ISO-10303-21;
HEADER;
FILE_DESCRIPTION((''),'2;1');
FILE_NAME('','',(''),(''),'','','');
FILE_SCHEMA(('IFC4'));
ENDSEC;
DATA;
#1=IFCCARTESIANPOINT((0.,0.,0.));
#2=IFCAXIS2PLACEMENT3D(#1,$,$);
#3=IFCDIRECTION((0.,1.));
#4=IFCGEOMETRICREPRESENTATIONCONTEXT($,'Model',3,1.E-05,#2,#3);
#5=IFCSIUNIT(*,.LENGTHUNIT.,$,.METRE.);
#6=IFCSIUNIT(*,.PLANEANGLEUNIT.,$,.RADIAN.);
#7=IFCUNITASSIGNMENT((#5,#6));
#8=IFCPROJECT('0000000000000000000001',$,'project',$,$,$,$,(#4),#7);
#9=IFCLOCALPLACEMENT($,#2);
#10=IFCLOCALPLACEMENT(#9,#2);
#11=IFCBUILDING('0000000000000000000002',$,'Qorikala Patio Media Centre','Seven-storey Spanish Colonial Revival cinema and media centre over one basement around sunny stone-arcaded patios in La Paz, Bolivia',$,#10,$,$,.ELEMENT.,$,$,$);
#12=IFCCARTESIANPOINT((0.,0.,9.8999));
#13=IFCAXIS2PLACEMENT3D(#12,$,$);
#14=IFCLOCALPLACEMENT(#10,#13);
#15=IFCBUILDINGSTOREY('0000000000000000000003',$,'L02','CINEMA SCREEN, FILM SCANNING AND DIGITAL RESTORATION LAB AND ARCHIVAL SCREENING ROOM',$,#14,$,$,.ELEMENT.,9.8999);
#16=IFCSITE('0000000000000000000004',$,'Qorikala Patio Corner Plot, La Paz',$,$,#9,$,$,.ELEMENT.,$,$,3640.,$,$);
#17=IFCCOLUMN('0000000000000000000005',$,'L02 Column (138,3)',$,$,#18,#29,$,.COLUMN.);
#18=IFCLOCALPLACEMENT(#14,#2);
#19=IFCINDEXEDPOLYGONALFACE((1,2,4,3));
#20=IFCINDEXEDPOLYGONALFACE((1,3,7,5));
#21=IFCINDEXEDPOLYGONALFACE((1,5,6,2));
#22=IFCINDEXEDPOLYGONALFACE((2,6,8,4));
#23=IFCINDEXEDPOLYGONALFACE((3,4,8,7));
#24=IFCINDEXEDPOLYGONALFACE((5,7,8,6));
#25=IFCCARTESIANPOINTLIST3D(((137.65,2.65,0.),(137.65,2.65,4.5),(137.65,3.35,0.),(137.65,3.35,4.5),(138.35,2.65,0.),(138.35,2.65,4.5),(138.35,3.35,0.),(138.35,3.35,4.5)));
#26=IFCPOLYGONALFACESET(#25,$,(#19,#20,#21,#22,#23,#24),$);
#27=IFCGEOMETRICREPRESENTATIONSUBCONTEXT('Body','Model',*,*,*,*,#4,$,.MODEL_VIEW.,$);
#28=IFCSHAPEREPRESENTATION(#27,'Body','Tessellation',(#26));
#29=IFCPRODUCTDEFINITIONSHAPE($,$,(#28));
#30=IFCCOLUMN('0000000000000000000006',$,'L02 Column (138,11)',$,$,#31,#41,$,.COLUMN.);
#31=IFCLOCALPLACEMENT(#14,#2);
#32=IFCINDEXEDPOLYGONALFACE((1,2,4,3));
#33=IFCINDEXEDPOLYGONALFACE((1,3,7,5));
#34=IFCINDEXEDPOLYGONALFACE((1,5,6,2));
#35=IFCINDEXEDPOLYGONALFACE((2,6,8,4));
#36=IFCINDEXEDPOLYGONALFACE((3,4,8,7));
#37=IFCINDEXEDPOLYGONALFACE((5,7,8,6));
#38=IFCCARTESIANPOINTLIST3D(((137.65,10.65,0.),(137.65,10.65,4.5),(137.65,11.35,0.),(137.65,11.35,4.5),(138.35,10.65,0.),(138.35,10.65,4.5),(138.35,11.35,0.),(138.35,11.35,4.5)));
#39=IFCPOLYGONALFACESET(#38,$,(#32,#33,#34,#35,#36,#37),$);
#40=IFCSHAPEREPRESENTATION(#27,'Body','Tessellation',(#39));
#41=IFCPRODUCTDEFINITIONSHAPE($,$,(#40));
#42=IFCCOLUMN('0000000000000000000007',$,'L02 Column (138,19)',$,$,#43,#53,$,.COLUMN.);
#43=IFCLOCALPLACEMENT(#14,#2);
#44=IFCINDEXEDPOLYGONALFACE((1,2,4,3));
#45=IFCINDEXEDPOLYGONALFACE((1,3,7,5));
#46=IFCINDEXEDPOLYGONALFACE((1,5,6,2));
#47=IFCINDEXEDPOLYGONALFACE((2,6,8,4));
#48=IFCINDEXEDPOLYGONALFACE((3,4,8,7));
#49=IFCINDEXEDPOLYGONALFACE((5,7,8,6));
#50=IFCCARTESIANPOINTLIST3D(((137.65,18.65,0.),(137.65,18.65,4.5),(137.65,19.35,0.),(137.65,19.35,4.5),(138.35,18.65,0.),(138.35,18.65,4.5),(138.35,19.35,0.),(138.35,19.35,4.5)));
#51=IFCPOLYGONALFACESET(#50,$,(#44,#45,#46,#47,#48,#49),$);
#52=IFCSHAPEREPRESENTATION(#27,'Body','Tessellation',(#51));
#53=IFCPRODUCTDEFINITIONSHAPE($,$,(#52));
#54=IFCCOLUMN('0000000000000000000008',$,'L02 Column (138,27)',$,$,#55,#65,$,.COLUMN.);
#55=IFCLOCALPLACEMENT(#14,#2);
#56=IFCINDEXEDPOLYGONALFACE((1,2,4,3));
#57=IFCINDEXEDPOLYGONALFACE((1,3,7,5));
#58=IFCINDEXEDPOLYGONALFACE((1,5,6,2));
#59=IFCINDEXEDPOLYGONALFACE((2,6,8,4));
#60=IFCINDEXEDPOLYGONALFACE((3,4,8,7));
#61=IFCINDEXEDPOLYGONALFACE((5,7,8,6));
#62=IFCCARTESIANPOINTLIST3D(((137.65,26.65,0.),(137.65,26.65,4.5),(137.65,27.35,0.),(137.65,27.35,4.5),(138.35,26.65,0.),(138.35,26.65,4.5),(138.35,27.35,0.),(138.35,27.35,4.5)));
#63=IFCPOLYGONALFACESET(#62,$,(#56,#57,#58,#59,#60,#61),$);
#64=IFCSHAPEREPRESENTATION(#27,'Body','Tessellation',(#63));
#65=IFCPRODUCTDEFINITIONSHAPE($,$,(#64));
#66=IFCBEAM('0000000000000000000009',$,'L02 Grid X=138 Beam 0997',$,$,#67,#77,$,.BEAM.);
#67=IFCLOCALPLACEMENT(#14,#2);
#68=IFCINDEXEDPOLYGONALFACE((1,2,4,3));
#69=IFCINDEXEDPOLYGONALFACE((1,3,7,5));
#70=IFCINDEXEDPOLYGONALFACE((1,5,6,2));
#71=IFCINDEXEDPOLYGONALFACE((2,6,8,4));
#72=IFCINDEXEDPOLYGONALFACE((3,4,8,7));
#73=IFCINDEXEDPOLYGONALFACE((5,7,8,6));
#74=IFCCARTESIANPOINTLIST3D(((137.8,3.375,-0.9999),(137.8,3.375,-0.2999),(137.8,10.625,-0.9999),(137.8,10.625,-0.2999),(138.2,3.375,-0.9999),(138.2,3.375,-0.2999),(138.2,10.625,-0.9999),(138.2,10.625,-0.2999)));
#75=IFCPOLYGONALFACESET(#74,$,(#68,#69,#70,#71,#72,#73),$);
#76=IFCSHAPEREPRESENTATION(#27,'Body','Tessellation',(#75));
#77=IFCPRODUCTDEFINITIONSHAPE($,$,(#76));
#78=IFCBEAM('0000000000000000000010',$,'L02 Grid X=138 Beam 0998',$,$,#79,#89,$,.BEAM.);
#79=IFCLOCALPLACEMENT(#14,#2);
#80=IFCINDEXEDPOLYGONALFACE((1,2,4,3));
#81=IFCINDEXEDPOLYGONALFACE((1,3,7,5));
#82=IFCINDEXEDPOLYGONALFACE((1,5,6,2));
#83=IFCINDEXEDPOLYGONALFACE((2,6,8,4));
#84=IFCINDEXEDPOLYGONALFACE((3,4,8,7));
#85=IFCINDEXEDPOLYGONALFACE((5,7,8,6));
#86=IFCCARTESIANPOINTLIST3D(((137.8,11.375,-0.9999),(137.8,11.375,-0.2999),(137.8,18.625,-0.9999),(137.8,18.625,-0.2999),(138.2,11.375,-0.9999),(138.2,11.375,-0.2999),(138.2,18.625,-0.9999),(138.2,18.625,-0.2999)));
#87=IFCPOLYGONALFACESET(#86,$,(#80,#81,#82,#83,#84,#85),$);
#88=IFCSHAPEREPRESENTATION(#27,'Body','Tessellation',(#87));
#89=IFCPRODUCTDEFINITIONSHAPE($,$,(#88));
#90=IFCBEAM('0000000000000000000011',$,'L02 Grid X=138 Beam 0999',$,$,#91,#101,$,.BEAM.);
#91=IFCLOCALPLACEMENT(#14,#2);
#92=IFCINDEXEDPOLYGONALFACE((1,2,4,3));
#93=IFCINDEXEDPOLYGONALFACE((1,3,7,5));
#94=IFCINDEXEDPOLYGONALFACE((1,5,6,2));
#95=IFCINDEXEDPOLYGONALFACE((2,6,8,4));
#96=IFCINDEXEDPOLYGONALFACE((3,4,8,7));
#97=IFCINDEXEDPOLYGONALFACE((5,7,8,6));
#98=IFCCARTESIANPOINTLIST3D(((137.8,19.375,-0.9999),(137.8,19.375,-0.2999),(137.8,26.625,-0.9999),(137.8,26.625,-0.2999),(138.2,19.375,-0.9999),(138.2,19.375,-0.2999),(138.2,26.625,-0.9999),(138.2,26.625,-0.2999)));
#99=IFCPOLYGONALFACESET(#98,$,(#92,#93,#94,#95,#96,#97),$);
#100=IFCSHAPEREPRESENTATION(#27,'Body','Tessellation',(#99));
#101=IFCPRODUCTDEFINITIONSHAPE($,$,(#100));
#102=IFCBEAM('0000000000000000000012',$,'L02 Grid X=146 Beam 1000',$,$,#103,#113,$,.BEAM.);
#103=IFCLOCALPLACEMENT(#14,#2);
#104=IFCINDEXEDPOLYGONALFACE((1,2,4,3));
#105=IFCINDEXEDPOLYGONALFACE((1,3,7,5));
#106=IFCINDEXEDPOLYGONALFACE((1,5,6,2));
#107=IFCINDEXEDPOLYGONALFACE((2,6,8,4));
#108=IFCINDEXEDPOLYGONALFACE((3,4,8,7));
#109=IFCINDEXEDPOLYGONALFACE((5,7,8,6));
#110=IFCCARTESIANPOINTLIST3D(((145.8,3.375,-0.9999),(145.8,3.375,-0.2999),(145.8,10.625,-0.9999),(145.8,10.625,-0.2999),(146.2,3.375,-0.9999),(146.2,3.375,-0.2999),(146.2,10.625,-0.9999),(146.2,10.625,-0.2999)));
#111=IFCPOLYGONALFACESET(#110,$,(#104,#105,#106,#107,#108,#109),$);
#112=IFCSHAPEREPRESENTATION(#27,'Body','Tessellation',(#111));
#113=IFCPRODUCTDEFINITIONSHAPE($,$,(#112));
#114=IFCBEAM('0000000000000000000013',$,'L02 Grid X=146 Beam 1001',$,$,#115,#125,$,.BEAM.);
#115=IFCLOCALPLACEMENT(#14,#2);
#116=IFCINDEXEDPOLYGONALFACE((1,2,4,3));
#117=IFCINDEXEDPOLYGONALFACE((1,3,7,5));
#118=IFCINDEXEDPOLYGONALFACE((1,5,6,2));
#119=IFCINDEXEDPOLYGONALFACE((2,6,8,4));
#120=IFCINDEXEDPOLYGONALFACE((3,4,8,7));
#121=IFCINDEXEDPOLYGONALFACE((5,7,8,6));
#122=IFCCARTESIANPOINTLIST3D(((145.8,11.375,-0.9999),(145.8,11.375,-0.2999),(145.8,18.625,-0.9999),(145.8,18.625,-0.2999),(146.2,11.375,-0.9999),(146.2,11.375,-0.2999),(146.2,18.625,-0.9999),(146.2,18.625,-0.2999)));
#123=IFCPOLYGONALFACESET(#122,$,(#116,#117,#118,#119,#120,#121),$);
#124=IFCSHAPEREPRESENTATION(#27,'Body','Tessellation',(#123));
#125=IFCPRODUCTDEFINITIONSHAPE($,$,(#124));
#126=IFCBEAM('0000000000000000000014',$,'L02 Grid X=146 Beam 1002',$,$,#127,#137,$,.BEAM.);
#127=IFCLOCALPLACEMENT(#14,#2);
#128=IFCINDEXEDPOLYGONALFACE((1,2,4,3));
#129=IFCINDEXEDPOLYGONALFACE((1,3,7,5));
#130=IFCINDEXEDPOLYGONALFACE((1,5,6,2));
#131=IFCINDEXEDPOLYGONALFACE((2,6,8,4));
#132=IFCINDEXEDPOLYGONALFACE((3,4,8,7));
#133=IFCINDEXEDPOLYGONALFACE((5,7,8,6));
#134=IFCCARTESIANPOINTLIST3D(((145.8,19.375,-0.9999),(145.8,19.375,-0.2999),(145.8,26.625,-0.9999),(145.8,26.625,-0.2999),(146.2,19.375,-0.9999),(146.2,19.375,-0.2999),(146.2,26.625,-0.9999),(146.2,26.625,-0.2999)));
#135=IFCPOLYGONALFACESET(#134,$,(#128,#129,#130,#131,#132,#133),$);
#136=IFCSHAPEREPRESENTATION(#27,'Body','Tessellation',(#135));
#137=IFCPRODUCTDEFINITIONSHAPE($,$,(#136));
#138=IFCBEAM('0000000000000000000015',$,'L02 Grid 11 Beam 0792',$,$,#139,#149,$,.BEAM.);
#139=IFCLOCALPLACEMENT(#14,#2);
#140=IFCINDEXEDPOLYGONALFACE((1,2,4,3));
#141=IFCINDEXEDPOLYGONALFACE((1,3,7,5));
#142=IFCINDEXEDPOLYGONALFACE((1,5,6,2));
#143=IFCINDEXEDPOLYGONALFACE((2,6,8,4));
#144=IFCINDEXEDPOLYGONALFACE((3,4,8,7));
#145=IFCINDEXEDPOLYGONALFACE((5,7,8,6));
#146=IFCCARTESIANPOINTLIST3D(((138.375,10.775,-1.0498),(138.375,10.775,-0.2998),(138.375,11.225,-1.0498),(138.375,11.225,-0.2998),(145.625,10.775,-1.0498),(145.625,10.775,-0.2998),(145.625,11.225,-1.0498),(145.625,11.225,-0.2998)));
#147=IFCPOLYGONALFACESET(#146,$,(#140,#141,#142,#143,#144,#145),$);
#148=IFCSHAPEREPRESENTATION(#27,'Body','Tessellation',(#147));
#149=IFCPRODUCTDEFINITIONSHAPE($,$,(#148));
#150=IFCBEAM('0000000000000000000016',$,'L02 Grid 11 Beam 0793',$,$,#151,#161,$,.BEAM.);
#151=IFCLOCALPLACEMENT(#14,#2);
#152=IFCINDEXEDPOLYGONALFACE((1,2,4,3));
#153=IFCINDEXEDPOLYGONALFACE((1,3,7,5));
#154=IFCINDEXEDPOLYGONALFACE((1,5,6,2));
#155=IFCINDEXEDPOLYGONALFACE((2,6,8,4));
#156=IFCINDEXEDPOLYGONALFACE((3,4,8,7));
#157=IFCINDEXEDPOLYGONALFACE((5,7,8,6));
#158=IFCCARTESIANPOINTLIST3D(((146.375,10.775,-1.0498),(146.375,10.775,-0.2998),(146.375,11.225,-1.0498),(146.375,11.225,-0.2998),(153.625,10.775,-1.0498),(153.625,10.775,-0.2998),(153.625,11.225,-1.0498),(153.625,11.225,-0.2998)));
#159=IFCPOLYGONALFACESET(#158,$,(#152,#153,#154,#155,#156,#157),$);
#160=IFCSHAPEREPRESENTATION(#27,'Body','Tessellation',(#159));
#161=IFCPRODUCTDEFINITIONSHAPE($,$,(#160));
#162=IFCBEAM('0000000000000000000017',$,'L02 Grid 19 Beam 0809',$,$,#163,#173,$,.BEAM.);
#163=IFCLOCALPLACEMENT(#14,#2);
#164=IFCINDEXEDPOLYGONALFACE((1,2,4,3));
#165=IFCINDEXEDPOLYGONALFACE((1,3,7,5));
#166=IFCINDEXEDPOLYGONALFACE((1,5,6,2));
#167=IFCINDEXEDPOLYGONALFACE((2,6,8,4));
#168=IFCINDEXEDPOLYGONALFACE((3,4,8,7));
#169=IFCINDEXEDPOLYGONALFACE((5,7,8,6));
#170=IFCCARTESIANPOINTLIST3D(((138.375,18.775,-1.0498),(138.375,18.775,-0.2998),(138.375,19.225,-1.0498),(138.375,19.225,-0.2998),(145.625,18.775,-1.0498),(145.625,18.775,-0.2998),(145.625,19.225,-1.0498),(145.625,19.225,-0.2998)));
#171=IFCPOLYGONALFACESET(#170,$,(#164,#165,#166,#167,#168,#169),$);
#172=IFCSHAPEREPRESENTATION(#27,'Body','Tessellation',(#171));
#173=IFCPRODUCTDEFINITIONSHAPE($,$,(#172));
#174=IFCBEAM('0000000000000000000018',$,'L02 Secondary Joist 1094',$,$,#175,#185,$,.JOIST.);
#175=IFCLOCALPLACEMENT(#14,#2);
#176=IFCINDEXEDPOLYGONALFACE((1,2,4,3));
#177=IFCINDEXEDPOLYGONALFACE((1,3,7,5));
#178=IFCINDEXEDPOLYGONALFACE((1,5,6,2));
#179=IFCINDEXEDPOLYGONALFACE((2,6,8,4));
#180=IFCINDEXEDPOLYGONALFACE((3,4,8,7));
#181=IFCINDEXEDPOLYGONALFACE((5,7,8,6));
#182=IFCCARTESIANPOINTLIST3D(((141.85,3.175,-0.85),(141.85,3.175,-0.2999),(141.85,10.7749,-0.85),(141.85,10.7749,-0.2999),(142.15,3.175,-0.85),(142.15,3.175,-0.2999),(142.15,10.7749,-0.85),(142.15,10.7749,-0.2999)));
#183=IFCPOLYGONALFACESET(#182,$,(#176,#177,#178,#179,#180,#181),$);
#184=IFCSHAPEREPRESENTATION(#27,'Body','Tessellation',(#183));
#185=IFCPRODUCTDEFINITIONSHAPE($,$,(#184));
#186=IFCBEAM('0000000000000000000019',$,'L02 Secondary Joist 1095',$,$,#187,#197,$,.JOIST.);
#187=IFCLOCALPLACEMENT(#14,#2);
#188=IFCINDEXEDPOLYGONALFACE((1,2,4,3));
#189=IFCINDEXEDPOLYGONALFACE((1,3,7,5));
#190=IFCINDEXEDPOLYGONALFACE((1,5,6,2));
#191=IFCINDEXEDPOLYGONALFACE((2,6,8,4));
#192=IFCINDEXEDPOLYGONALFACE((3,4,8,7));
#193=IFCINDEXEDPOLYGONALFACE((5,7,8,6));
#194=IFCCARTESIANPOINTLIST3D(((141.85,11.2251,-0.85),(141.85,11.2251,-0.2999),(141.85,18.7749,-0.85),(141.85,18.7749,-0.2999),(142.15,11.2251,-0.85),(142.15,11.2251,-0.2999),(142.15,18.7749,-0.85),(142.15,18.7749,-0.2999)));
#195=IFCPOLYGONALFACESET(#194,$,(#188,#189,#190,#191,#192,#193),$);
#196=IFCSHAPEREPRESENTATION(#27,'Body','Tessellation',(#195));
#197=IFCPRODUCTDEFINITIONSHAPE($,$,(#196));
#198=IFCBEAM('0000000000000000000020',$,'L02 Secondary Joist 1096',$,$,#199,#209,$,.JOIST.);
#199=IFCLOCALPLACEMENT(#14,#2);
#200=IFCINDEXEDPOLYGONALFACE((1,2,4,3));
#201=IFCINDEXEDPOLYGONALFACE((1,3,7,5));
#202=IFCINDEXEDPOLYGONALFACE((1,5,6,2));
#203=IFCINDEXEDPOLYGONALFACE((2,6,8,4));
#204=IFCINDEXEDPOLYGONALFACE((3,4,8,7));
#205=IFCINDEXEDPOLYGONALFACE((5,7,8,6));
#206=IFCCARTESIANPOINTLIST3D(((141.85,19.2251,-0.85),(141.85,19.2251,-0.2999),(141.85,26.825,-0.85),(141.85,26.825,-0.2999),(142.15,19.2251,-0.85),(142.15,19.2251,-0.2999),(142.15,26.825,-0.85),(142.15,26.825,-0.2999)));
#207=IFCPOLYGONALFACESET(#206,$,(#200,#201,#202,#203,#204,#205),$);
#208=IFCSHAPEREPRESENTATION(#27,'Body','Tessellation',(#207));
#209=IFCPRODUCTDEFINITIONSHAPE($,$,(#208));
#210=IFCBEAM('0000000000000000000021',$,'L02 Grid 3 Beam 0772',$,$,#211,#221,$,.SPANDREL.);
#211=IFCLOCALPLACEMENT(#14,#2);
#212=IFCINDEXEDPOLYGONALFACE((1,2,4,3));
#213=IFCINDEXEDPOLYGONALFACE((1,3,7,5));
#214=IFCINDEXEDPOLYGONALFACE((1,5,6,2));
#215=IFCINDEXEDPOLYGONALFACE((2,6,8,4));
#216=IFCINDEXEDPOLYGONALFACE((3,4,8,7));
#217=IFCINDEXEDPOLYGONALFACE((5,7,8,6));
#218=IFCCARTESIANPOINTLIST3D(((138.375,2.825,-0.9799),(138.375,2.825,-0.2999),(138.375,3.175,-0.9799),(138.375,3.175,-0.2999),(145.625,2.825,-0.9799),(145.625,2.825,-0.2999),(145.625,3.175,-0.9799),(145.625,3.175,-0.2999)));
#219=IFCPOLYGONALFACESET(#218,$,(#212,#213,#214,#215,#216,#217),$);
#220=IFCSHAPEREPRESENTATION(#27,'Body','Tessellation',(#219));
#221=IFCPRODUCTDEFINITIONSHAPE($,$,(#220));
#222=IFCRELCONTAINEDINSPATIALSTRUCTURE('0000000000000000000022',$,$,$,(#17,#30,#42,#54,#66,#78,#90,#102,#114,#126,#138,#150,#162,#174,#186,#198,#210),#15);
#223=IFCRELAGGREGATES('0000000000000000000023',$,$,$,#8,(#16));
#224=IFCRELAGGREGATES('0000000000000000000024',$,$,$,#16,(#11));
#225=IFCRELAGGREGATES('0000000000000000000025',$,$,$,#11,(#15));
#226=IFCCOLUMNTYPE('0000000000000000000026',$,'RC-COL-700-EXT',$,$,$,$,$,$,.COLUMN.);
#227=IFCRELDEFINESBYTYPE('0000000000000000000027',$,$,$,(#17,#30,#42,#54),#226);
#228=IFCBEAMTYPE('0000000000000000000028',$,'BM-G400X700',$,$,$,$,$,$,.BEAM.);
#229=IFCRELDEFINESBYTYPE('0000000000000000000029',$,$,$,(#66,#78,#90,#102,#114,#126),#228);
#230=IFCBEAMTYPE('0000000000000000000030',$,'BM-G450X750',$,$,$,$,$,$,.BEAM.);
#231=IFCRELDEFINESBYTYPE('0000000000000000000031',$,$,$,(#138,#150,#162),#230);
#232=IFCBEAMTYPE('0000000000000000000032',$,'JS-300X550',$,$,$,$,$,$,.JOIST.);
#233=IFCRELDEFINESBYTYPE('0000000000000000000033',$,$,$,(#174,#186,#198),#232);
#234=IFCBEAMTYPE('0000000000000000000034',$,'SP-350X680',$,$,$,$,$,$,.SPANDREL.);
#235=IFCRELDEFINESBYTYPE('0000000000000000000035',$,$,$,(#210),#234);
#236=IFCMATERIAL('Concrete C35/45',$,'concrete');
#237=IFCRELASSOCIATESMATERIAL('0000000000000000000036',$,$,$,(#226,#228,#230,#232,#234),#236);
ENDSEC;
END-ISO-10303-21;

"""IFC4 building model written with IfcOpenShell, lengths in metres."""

from ifc_helpers import new_model, si_unit, direction, frame, origin, origin_2d, place, context, subcontext, project, spatial, rectangle, extrude, material, material_profile, profile_set, type_object, element, save


model = new_model("IFC4")

# Units and contexts
model_context = context("Model", 3, precision=1e-05, world=origin(), true_north=direction((0.0, 1.0)))
body_context = subcontext(model_context, "Body", "Model", "MODEL_VIEW")
ifc_project = project(units=[si_unit("LENGTHUNIT", "METRE"), si_unit("PLANEANGLEUNIT", "RADIAN")], contexts=[model_context])

# Site, building, storey
site_placement = place(None, origin())
site = spatial("IfcSite", under=ifc_project, at=site_placement, Name="Qorikala Patio Corner Plot, La Paz", CompositionType="ELEMENT", RefElevation=3640.0)
building_placement = place(site_placement, origin())
building = spatial("IfcBuilding", under=site, at=building_placement, Name="Qorikala Patio Media Centre", Description="Seven-storey Spanish Colonial Revival cinema and media centre over one basement around sunny stone-arcaded patios in La Paz, Bolivia", CompositionType="ELEMENT")
storey_placement = place(building_placement, frame((0.0, 0.0, 9.8999)))
storey = spatial("IfcBuildingStorey", under=building, at=storey_placement, Name="L02", Description="CINEMA SCREEN, FILM SCANNING AND DIGITAL RESTORATION LAB AND ARCHIVAL SCREENING ROOM", CompositionType="ELEMENT", Elevation=9.8999)

# Columns
ifc_material_1 = material(Name="Concrete C35/45", Category="concrete")
ifc_material_profile_1 = material_profile(ifc_material_1, rectangle(XDim=0.7, YDim=0.7, at=origin_2d()), Name="RC 700x700")
ifc_profile_set_1 = profile_set([ifc_material_profile_1], Name="Concrete C35/45")
column_type = type_object("IfcColumnType", Name="RC-COL-700-EXT", PredefinedType="COLUMN", material=ifc_profile_set_1)
for number, where, z_axis, x_axis, name in (
    (1, (138.0, 3.0, 0.0), (0.0, 0.0, 1.0), (1.0, 0.0, 0.0), "L02 Column (138,3)"),
    (2, (138.0, 11.0, 0.0), (0.0, 0.0, 1.0), (1.0, 0.0, 0.0), "L02 Column (138,11)"),
    (3, (138.0, 19.0, 0.0), (0.0, 0.0, 1.0), (1.0, 0.0, 0.0), "L02 Column (138,19)"),
    (4, (138.0, 27.0, 0.0), (0.0, 0.0, 1.0), (1.0, 0.0, 0.0), "L02 Column (138,27)"),
):
    element("IfcColumn", number, at=place(storey_placement, frame(where, z_axis=z_axis, x_axis=x_axis)), inside=storey, type_object=column_type, Name=name, PredefinedType="COLUMN", context=body_context, shape_type="SweptSolid", body=[
        extrude(rectangle(XDim=0.7, YDim=0.7, at=origin_2d()), origin(), (0.0, 0.0, 1.0), 4.5),
    ])

# Beams
ifc_material_profile_2 = material_profile(ifc_material_1, rectangle(XDim=0.3999, YDim=0.7, at=origin_2d()), Name="RC 400x700")
ifc_profile_set_2 = profile_set([ifc_material_profile_2], Name="Concrete C35/45")
beam_type_1 = type_object("IfcBeamType", Name="BM-G400X700", PredefinedType="BEAM", material=ifc_profile_set_2)
for number, where, z_axis, x_axis, name in (
    (5, (138.0, 3.375, -0.6499), (0.0, 1.0, 0.0), (-1.0, 0.0, 0.0), "L02 Grid X=138 Beam 0997"),
    (6, (138.0, 11.375, -0.6499), (0.0, 1.0, 0.0), (-1.0, 0.0, 0.0), "L02 Grid X=138 Beam 0998"),
    (7, (138.0, 19.375, -0.6499), (0.0, 1.0, 0.0), (-1.0, 0.0, 0.0), "L02 Grid X=138 Beam 0999"),
    (8, (146.0, 3.375, -0.6499), (0.0, 1.0, 0.0), (-1.0, 0.0, 0.0), "L02 Grid X=146 Beam 1000"),
    (9, (146.0, 11.375, -0.6499), (0.0, 1.0, 0.0), (-1.0, 0.0, 0.0), "L02 Grid X=146 Beam 1001"),
    (10, (146.0, 19.375, -0.6499), (0.0, 1.0, 0.0), (-1.0, 0.0, 0.0), "L02 Grid X=146 Beam 1002"),
):
    element("IfcBeam", number, at=place(storey_placement, frame(where, z_axis=z_axis, x_axis=x_axis)), inside=storey, type_object=beam_type_1, Name=name, PredefinedType="BEAM", context=body_context, shape_type="SweptSolid", body=[
        extrude(rectangle(XDim=0.3999, YDim=0.7, at=origin_2d()), origin(), (0.0, 0.0, 1.0), 7.25),
    ])
ifc_material_profile_3 = material_profile(ifc_material_1, rectangle(XDim=0.45, YDim=0.75, at=origin_2d()), Name="RC 450x750")
ifc_profile_set_3 = profile_set([ifc_material_profile_3], Name="Concrete C35/45")
beam_type_2 = type_object("IfcBeamType", Name="BM-G450X750", PredefinedType="BEAM", material=ifc_profile_set_3)
for number, where, z_axis, x_axis, name in (
    (11, (138.375, 11.0, -0.6748), (1.0, 0.0, 0.0), (0.0, 1.0, 0.0), "L02 Grid 11 Beam 0792"),
    (12, (146.375, 11.0, -0.6748), (1.0, 0.0, 0.0), (0.0, 1.0, 0.0), "L02 Grid 11 Beam 0793"),
    (13, (138.375, 19.0, -0.6748), (1.0, 0.0, 0.0), (0.0, 1.0, 0.0), "L02 Grid 19 Beam 0809"),
):
    element("IfcBeam", number, at=place(storey_placement, frame(where, z_axis=z_axis, x_axis=x_axis)), inside=storey, type_object=beam_type_2, Name=name, PredefinedType="BEAM", context=body_context, shape_type="SweptSolid", body=[
        extrude(rectangle(XDim=0.45, YDim=0.75, at=origin_2d()), origin(), (0.0, 0.0, 1.0), 7.25),
    ])
ifc_material_profile_4 = material_profile(ifc_material_1, rectangle(XDim=0.3, YDim=0.55, at=origin_2d()), Name="RC 300x550")
ifc_profile_set_4 = profile_set([ifc_material_profile_4], Name="Concrete C35/45")
beam_type_3 = type_object("IfcBeamType", Name="JS-300X550", PredefinedType="JOIST", material=ifc_profile_set_4)
beam_1_placement = place(storey_placement, frame((142.0, 3.175, -0.575), z_axis=(0.0, 1.0, 0.0), x_axis=(-1.0, 0.0, 0.0)))
element("IfcBeam", 14, at=beam_1_placement, inside=storey, type_object=beam_type_3, Name="L02 Secondary Joist 1094", PredefinedType="JOIST", context=body_context, shape_type="SweptSolid", body=[
    extrude(rectangle(XDim=0.3, YDim=0.55, at=origin_2d()), origin(), (0.0, 0.0, 1.0), 7.5999),
])
beam_2_placement = place(storey_placement, frame((142.0, 11.2251, -0.575), z_axis=(0.0, 1.0, 0.0), x_axis=(-1.0, 0.0, 0.0)))
element("IfcBeam", 15, at=beam_2_placement, inside=storey, type_object=beam_type_3, Name="L02 Secondary Joist 1095", PredefinedType="JOIST", context=body_context, shape_type="SweptSolid", body=[
    extrude(rectangle(XDim=0.3, YDim=0.55, at=origin_2d()), origin(), (0.0, 0.0, 1.0), 7.5498),
])
beam_3_placement = place(storey_placement, frame((142.0, 19.2251, -0.575), z_axis=(0.0, 1.0, 0.0), x_axis=(-1.0, 0.0, 0.0)))
element("IfcBeam", 16, at=beam_3_placement, inside=storey, type_object=beam_type_3, Name="L02 Secondary Joist 1096", PredefinedType="JOIST", context=body_context, shape_type="SweptSolid", body=[
    extrude(rectangle(XDim=0.3, YDim=0.55, at=origin_2d()), origin(), (0.0, 0.0, 1.0), 7.5999),
])
ifc_material_profile_5 = material_profile(ifc_material_1, rectangle(XDim=0.3501, YDim=0.6799, at=origin_2d()), Name="RC 350x680")
ifc_profile_set_5 = profile_set([ifc_material_profile_5], Name="Concrete C35/45")
beam_type_4 = type_object("IfcBeamType", Name="SP-350X680", PredefinedType="SPANDREL", material=ifc_profile_set_5)
for number, where, z_axis, x_axis, name in (
    (17, (138.375, 3.0, -0.6399), (1.0, 0.0, 0.0), (0.0, 1.0, 0.0), "L02 Grid 3 Beam 0772"),
):
    element("IfcBeam", number, at=place(storey_placement, frame(where, z_axis=z_axis, x_axis=x_axis)), inside=storey, type_object=beam_type_4, Name=name, PredefinedType="SPANDREL", context=body_context, shape_type="SweptSolid", body=[
        extrude(rectangle(XDim=0.3501, YDim=0.6799, at=origin_2d()), origin(), (0.0, 0.0, 1.0), 7.25),
    ])

save(model, "model.ifc")
